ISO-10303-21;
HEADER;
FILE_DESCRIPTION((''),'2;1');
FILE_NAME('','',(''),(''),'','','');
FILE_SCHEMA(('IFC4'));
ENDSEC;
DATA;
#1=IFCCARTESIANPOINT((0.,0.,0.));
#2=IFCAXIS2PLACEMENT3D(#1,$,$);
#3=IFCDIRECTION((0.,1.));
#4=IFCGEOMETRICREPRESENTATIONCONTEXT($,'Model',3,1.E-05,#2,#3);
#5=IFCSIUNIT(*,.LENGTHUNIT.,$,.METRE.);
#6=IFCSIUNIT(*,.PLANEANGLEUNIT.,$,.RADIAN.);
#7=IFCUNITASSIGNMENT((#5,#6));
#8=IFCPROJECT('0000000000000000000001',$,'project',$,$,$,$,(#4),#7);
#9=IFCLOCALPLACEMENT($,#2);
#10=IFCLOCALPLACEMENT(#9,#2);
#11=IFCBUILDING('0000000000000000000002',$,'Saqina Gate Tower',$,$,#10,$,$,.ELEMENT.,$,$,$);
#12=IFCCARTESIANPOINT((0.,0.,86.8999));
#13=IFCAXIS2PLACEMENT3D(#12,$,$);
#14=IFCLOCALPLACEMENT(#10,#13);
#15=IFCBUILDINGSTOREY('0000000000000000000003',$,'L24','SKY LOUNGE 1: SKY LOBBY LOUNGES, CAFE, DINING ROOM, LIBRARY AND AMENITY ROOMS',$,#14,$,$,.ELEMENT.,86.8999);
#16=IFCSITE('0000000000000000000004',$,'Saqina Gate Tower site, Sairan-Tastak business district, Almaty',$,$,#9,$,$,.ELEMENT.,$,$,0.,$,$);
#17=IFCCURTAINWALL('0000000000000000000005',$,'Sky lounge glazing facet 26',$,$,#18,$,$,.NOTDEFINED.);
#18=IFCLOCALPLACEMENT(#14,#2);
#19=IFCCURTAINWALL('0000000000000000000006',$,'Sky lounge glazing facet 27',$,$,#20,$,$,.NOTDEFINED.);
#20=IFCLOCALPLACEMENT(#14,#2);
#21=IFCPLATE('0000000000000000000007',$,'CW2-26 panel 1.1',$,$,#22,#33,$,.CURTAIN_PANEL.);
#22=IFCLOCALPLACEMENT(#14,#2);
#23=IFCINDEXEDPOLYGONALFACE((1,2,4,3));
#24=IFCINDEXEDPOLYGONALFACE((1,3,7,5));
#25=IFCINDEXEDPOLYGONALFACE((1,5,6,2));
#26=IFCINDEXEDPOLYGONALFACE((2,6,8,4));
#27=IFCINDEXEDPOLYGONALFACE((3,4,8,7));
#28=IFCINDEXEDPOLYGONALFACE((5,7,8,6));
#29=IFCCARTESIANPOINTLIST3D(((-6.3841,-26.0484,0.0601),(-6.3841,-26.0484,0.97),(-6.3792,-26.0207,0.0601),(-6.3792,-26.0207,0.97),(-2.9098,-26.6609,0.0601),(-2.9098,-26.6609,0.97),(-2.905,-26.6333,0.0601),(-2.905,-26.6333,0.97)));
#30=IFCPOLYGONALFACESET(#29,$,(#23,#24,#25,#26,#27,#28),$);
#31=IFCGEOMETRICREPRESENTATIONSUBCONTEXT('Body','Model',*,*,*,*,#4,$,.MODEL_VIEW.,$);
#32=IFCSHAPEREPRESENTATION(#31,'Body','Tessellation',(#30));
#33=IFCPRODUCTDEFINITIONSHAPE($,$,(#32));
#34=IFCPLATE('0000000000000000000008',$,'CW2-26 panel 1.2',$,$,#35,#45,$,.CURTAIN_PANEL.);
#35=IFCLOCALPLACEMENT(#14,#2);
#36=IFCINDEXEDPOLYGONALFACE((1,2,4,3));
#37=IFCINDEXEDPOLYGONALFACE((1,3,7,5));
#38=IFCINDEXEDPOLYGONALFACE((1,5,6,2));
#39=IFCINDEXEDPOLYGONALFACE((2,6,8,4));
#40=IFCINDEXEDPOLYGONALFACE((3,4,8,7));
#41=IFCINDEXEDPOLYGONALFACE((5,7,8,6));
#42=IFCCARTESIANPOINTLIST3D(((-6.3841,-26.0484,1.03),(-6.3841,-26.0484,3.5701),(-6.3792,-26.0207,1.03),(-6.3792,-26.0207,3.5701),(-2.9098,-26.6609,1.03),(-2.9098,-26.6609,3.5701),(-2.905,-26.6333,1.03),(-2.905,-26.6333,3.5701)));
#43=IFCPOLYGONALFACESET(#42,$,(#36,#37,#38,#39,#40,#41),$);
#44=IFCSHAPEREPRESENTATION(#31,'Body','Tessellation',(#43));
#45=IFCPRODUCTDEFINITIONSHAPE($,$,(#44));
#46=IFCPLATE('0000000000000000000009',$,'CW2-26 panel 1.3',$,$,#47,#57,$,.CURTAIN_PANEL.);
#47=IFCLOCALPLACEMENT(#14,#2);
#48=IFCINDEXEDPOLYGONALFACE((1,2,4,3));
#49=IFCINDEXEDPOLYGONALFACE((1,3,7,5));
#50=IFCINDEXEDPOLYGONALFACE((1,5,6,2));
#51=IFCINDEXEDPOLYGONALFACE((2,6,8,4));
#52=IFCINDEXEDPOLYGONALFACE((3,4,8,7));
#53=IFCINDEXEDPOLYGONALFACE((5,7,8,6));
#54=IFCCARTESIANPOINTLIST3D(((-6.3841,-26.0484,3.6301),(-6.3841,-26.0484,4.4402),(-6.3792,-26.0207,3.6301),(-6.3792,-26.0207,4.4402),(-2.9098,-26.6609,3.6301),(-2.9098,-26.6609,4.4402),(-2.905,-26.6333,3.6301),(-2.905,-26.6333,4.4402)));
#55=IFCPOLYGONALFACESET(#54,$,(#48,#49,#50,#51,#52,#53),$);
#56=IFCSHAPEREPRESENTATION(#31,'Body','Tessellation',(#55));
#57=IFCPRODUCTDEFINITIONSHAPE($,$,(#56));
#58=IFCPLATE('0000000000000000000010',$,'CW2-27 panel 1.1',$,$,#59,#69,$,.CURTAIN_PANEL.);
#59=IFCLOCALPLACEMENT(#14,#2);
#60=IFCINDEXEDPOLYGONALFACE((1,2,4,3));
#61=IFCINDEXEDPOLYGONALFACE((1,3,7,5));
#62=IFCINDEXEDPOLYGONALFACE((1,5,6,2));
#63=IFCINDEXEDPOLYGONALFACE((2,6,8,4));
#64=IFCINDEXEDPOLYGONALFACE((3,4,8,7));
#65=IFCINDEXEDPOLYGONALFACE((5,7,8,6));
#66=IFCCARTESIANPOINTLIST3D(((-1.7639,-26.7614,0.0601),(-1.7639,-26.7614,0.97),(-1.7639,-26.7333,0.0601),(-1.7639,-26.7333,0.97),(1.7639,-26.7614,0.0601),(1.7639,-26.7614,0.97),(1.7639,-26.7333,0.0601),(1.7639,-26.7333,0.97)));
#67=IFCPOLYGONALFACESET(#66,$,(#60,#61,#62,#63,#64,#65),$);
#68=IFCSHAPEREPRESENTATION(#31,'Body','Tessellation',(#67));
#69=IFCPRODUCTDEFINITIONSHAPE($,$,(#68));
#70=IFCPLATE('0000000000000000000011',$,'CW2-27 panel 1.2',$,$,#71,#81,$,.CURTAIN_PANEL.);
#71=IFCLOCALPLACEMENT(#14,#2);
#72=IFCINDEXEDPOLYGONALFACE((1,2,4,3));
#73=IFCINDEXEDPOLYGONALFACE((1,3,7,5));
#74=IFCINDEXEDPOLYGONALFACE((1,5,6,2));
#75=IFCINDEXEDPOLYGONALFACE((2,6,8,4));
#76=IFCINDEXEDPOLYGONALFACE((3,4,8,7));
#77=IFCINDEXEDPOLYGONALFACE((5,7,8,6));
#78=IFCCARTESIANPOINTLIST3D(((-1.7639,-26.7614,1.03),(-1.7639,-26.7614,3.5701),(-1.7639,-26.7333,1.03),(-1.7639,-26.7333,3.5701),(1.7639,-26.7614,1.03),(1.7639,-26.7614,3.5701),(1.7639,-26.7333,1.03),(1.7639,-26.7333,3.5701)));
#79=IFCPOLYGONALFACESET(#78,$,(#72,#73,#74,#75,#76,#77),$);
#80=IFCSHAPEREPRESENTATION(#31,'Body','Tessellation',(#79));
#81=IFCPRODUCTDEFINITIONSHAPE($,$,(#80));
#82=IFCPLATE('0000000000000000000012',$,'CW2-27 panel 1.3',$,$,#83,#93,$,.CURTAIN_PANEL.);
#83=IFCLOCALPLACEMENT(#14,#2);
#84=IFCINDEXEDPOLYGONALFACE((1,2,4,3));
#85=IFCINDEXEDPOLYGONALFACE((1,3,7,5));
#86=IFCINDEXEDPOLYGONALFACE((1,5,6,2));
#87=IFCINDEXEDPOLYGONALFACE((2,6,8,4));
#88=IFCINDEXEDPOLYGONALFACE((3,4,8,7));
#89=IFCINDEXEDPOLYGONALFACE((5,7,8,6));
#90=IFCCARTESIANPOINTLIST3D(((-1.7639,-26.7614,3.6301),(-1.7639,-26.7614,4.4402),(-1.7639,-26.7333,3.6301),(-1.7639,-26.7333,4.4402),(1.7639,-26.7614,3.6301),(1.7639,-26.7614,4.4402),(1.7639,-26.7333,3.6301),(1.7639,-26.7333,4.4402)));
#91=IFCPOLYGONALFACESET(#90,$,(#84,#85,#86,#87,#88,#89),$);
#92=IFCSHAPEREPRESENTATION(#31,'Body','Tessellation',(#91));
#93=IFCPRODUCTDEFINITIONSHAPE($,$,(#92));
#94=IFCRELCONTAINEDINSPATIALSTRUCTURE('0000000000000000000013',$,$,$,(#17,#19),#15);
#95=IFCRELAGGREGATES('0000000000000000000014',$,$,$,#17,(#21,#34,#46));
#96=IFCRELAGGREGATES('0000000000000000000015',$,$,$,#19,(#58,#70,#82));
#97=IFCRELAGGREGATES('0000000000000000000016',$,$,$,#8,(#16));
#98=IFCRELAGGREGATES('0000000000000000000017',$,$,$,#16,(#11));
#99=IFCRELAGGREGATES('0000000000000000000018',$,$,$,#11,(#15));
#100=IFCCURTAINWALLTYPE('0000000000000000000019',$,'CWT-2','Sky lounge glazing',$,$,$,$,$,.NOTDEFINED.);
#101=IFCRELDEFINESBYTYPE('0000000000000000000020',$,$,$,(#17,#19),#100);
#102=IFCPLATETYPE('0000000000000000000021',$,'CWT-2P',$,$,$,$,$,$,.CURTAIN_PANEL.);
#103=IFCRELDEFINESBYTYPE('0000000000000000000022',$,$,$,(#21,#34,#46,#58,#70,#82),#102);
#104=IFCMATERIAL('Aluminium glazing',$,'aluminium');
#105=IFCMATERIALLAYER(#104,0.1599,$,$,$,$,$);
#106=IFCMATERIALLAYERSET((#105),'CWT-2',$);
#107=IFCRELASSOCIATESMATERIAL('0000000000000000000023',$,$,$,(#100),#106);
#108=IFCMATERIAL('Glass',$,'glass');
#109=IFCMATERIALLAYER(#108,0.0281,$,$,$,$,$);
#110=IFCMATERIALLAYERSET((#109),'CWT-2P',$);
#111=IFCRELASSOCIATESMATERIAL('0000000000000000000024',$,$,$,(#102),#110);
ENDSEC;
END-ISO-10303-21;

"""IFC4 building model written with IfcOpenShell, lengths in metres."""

from ifc_helpers import new_model, si_unit, direction, frame, origin, origin_2d, place, context, subcontext, project, spatial, rectangle, extrude, material, layer, layer_set, type_object, element, aggregate, save


model = new_model("IFC4")

# Units and contexts
model_context = context("Model", 3, precision=1e-05, world=origin(), true_north=direction((0.0, 1.0)))
body_context = subcontext(model_context, "Body", "Model", "MODEL_VIEW")
ifc_project = project(units=[si_unit("LENGTHUNIT", "METRE"), si_unit("PLANEANGLEUNIT", "RADIAN")], contexts=[model_context])

# Site, building, storey
site_placement = place(None, origin())
site = spatial("IfcSite", under=ifc_project, at=site_placement, Name="Saqina Gate Tower site, Sairan-Tastak business district, Almaty", CompositionType="ELEMENT", RefElevation=0.0)
building_placement = place(site_placement, origin())
building = spatial("IfcBuilding", under=site, at=building_placement, Name="Saqina Gate Tower", CompositionType="ELEMENT")
storey_placement = place(building_placement, frame((0.0, 0.0, 86.8999)))
storey = spatial("IfcBuildingStorey", under=building, at=storey_placement, Name="L24", Description="SKY LOUNGE 1: SKY LOBBY LOUNGES, CAFE, DINING ROOM, LIBRARY AND AMENITY ROOMS", CompositionType="ELEMENT", Elevation=86.8999)

# Shared definitions
ifc_material_1 = material(Name="Aluminium glazing", Category="aluminium")
ifc_layer_1 = layer(ifc_material_1, 0.1599)
ifc_layer_set_1 = layer_set([ifc_layer_1], Name="CWT-2")
curtain_wall_type = type_object("IfcCurtainWallType", Name="CWT-2", Description="Sky lounge glazing", PredefinedType="NOTDEFINED", material=ifc_layer_set_1)

# Curtain wall
curtain_wall_1_placement = place(storey_placement, origin())
curtain_wall_1 = element("IfcCurtainWall", 1, at=curtain_wall_1_placement, inside=storey, type_object=curtain_wall_type, Name="Sky lounge glazing facet 26", PredefinedType="NOTDEFINED")

# Curtain wall
curtain_wall_2_placement = place(storey_placement, origin())
curtain_wall_2 = element("IfcCurtainWall", 2, at=curtain_wall_2_placement, inside=storey, type_object=curtain_wall_type, Name="Sky lounge glazing facet 27", PredefinedType="NOTDEFINED")

# Plates
ifc_material_2 = material(Name="Glass", Category="glass")
ifc_layer_2 = layer(ifc_material_2, 0.0281)
ifc_layer_set_2 = layer_set([ifc_layer_2], Name="CWT-2P")
plate_type = type_object("IfcPlateType", Name="CWT-2P", PredefinedType="CURTAIN_PANEL", material=ifc_layer_set_2)
plate_1_placement = place(storey_placement, frame((-4.6445, -26.3408, 0.0601), z_axis=(0.0, 0.0, 1.0), x_axis=(0.984809, -0.173638, 0.0)))
plate_1 = element("IfcPlate", 3, at=plate_1_placement, type_object=plate_type, Name="CW2-26 panel 1.1", PredefinedType="CURTAIN_PANEL", context=body_context, shape_type="SweptSolid", body=[
    extrude(rectangle(XDim=3.5278, YDim=0.0281, at=origin_2d()), origin(), (0.0, 0.0, 1.0), 0.9099),
])
plate_2_placement = place(storey_placement, frame((-4.6445, -26.3408, 1.03), z_axis=(0.0, 0.0, 1.0), x_axis=(0.984809, -0.173638, 0.0)))
plate_2 = element("IfcPlate", 4, at=plate_2_placement, type_object=plate_type, Name="CW2-26 panel 1.2", PredefinedType="CURTAIN_PANEL", context=body_context, shape_type="SweptSolid", body=[
    extrude(rectangle(XDim=3.5278, YDim=0.0281, at=origin_2d()), origin(), (0.0, 0.0, 1.0), 2.54),
])
plate_3_placement = place(storey_placement, frame((-4.6445, -26.3408, 3.6301), z_axis=(0.0, 0.0, 1.0), x_axis=(0.984809, -0.173638, 0.0)))
plate_3 = element("IfcPlate", 5, at=plate_3_placement, type_object=plate_type, Name="CW2-26 panel 1.3", PredefinedType="CURTAIN_PANEL", context=body_context, shape_type="SweptSolid", body=[
    extrude(rectangle(XDim=3.5278, YDim=0.0281, at=origin_2d()), origin(), (0.0, 0.0, 1.0), 0.8101),
])
aggregate(curtain_wall_1, [plate_1, plate_2, plate_3])
plate_4_placement = place(storey_placement, frame((0.0, -26.7473, 0.0601), z_axis=(0.0, 0.0, 1.0), x_axis=(1.0, 0.0, 0.0)))
plate_4 = element("IfcPlate", 6, at=plate_4_placement, type_object=plate_type, Name="CW2-27 panel 1.1", PredefinedType="CURTAIN_PANEL", context=body_context, shape_type="SweptSolid", body=[
    extrude(rectangle(XDim=3.5278, YDim=0.0281, at=origin_2d()), origin(), (0.0, 0.0, 1.0), 0.9099),
])
plate_5_placement = place(storey_placement, frame((0.0, -26.7473, 1.03), z_axis=(0.0, 0.0, 1.0), x_axis=(1.0, 0.0, 0.0)))
plate_5 = element("IfcPlate", 7, at=plate_5_placement, type_object=plate_type, Name="CW2-27 panel 1.2", PredefinedType="CURTAIN_PANEL", context=body_context, shape_type="SweptSolid", body=[
    extrude(rectangle(XDim=3.5278, YDim=0.0281, at=origin_2d()), origin(), (0.0, 0.0, 1.0), 2.54),
])
plate_6_placement = place(storey_placement, frame((0.0, -26.7473, 3.6301), z_axis=(0.0, 0.0, 1.0), x_axis=(1.0, 0.0, 0.0)))
plate_6 = element("IfcPlate", 8, at=plate_6_placement, type_object=plate_type, Name="CW2-27 panel 1.3", PredefinedType="CURTAIN_PANEL", context=body_context, shape_type="SweptSolid", body=[
    extrude(rectangle(XDim=3.5278, YDim=0.0281, at=origin_2d()), origin(), (0.0, 0.0, 1.0), 0.8101),
])
aggregate(curtain_wall_2, [plate_4, plate_5, plate_6])

save(model, "model.ifc")
